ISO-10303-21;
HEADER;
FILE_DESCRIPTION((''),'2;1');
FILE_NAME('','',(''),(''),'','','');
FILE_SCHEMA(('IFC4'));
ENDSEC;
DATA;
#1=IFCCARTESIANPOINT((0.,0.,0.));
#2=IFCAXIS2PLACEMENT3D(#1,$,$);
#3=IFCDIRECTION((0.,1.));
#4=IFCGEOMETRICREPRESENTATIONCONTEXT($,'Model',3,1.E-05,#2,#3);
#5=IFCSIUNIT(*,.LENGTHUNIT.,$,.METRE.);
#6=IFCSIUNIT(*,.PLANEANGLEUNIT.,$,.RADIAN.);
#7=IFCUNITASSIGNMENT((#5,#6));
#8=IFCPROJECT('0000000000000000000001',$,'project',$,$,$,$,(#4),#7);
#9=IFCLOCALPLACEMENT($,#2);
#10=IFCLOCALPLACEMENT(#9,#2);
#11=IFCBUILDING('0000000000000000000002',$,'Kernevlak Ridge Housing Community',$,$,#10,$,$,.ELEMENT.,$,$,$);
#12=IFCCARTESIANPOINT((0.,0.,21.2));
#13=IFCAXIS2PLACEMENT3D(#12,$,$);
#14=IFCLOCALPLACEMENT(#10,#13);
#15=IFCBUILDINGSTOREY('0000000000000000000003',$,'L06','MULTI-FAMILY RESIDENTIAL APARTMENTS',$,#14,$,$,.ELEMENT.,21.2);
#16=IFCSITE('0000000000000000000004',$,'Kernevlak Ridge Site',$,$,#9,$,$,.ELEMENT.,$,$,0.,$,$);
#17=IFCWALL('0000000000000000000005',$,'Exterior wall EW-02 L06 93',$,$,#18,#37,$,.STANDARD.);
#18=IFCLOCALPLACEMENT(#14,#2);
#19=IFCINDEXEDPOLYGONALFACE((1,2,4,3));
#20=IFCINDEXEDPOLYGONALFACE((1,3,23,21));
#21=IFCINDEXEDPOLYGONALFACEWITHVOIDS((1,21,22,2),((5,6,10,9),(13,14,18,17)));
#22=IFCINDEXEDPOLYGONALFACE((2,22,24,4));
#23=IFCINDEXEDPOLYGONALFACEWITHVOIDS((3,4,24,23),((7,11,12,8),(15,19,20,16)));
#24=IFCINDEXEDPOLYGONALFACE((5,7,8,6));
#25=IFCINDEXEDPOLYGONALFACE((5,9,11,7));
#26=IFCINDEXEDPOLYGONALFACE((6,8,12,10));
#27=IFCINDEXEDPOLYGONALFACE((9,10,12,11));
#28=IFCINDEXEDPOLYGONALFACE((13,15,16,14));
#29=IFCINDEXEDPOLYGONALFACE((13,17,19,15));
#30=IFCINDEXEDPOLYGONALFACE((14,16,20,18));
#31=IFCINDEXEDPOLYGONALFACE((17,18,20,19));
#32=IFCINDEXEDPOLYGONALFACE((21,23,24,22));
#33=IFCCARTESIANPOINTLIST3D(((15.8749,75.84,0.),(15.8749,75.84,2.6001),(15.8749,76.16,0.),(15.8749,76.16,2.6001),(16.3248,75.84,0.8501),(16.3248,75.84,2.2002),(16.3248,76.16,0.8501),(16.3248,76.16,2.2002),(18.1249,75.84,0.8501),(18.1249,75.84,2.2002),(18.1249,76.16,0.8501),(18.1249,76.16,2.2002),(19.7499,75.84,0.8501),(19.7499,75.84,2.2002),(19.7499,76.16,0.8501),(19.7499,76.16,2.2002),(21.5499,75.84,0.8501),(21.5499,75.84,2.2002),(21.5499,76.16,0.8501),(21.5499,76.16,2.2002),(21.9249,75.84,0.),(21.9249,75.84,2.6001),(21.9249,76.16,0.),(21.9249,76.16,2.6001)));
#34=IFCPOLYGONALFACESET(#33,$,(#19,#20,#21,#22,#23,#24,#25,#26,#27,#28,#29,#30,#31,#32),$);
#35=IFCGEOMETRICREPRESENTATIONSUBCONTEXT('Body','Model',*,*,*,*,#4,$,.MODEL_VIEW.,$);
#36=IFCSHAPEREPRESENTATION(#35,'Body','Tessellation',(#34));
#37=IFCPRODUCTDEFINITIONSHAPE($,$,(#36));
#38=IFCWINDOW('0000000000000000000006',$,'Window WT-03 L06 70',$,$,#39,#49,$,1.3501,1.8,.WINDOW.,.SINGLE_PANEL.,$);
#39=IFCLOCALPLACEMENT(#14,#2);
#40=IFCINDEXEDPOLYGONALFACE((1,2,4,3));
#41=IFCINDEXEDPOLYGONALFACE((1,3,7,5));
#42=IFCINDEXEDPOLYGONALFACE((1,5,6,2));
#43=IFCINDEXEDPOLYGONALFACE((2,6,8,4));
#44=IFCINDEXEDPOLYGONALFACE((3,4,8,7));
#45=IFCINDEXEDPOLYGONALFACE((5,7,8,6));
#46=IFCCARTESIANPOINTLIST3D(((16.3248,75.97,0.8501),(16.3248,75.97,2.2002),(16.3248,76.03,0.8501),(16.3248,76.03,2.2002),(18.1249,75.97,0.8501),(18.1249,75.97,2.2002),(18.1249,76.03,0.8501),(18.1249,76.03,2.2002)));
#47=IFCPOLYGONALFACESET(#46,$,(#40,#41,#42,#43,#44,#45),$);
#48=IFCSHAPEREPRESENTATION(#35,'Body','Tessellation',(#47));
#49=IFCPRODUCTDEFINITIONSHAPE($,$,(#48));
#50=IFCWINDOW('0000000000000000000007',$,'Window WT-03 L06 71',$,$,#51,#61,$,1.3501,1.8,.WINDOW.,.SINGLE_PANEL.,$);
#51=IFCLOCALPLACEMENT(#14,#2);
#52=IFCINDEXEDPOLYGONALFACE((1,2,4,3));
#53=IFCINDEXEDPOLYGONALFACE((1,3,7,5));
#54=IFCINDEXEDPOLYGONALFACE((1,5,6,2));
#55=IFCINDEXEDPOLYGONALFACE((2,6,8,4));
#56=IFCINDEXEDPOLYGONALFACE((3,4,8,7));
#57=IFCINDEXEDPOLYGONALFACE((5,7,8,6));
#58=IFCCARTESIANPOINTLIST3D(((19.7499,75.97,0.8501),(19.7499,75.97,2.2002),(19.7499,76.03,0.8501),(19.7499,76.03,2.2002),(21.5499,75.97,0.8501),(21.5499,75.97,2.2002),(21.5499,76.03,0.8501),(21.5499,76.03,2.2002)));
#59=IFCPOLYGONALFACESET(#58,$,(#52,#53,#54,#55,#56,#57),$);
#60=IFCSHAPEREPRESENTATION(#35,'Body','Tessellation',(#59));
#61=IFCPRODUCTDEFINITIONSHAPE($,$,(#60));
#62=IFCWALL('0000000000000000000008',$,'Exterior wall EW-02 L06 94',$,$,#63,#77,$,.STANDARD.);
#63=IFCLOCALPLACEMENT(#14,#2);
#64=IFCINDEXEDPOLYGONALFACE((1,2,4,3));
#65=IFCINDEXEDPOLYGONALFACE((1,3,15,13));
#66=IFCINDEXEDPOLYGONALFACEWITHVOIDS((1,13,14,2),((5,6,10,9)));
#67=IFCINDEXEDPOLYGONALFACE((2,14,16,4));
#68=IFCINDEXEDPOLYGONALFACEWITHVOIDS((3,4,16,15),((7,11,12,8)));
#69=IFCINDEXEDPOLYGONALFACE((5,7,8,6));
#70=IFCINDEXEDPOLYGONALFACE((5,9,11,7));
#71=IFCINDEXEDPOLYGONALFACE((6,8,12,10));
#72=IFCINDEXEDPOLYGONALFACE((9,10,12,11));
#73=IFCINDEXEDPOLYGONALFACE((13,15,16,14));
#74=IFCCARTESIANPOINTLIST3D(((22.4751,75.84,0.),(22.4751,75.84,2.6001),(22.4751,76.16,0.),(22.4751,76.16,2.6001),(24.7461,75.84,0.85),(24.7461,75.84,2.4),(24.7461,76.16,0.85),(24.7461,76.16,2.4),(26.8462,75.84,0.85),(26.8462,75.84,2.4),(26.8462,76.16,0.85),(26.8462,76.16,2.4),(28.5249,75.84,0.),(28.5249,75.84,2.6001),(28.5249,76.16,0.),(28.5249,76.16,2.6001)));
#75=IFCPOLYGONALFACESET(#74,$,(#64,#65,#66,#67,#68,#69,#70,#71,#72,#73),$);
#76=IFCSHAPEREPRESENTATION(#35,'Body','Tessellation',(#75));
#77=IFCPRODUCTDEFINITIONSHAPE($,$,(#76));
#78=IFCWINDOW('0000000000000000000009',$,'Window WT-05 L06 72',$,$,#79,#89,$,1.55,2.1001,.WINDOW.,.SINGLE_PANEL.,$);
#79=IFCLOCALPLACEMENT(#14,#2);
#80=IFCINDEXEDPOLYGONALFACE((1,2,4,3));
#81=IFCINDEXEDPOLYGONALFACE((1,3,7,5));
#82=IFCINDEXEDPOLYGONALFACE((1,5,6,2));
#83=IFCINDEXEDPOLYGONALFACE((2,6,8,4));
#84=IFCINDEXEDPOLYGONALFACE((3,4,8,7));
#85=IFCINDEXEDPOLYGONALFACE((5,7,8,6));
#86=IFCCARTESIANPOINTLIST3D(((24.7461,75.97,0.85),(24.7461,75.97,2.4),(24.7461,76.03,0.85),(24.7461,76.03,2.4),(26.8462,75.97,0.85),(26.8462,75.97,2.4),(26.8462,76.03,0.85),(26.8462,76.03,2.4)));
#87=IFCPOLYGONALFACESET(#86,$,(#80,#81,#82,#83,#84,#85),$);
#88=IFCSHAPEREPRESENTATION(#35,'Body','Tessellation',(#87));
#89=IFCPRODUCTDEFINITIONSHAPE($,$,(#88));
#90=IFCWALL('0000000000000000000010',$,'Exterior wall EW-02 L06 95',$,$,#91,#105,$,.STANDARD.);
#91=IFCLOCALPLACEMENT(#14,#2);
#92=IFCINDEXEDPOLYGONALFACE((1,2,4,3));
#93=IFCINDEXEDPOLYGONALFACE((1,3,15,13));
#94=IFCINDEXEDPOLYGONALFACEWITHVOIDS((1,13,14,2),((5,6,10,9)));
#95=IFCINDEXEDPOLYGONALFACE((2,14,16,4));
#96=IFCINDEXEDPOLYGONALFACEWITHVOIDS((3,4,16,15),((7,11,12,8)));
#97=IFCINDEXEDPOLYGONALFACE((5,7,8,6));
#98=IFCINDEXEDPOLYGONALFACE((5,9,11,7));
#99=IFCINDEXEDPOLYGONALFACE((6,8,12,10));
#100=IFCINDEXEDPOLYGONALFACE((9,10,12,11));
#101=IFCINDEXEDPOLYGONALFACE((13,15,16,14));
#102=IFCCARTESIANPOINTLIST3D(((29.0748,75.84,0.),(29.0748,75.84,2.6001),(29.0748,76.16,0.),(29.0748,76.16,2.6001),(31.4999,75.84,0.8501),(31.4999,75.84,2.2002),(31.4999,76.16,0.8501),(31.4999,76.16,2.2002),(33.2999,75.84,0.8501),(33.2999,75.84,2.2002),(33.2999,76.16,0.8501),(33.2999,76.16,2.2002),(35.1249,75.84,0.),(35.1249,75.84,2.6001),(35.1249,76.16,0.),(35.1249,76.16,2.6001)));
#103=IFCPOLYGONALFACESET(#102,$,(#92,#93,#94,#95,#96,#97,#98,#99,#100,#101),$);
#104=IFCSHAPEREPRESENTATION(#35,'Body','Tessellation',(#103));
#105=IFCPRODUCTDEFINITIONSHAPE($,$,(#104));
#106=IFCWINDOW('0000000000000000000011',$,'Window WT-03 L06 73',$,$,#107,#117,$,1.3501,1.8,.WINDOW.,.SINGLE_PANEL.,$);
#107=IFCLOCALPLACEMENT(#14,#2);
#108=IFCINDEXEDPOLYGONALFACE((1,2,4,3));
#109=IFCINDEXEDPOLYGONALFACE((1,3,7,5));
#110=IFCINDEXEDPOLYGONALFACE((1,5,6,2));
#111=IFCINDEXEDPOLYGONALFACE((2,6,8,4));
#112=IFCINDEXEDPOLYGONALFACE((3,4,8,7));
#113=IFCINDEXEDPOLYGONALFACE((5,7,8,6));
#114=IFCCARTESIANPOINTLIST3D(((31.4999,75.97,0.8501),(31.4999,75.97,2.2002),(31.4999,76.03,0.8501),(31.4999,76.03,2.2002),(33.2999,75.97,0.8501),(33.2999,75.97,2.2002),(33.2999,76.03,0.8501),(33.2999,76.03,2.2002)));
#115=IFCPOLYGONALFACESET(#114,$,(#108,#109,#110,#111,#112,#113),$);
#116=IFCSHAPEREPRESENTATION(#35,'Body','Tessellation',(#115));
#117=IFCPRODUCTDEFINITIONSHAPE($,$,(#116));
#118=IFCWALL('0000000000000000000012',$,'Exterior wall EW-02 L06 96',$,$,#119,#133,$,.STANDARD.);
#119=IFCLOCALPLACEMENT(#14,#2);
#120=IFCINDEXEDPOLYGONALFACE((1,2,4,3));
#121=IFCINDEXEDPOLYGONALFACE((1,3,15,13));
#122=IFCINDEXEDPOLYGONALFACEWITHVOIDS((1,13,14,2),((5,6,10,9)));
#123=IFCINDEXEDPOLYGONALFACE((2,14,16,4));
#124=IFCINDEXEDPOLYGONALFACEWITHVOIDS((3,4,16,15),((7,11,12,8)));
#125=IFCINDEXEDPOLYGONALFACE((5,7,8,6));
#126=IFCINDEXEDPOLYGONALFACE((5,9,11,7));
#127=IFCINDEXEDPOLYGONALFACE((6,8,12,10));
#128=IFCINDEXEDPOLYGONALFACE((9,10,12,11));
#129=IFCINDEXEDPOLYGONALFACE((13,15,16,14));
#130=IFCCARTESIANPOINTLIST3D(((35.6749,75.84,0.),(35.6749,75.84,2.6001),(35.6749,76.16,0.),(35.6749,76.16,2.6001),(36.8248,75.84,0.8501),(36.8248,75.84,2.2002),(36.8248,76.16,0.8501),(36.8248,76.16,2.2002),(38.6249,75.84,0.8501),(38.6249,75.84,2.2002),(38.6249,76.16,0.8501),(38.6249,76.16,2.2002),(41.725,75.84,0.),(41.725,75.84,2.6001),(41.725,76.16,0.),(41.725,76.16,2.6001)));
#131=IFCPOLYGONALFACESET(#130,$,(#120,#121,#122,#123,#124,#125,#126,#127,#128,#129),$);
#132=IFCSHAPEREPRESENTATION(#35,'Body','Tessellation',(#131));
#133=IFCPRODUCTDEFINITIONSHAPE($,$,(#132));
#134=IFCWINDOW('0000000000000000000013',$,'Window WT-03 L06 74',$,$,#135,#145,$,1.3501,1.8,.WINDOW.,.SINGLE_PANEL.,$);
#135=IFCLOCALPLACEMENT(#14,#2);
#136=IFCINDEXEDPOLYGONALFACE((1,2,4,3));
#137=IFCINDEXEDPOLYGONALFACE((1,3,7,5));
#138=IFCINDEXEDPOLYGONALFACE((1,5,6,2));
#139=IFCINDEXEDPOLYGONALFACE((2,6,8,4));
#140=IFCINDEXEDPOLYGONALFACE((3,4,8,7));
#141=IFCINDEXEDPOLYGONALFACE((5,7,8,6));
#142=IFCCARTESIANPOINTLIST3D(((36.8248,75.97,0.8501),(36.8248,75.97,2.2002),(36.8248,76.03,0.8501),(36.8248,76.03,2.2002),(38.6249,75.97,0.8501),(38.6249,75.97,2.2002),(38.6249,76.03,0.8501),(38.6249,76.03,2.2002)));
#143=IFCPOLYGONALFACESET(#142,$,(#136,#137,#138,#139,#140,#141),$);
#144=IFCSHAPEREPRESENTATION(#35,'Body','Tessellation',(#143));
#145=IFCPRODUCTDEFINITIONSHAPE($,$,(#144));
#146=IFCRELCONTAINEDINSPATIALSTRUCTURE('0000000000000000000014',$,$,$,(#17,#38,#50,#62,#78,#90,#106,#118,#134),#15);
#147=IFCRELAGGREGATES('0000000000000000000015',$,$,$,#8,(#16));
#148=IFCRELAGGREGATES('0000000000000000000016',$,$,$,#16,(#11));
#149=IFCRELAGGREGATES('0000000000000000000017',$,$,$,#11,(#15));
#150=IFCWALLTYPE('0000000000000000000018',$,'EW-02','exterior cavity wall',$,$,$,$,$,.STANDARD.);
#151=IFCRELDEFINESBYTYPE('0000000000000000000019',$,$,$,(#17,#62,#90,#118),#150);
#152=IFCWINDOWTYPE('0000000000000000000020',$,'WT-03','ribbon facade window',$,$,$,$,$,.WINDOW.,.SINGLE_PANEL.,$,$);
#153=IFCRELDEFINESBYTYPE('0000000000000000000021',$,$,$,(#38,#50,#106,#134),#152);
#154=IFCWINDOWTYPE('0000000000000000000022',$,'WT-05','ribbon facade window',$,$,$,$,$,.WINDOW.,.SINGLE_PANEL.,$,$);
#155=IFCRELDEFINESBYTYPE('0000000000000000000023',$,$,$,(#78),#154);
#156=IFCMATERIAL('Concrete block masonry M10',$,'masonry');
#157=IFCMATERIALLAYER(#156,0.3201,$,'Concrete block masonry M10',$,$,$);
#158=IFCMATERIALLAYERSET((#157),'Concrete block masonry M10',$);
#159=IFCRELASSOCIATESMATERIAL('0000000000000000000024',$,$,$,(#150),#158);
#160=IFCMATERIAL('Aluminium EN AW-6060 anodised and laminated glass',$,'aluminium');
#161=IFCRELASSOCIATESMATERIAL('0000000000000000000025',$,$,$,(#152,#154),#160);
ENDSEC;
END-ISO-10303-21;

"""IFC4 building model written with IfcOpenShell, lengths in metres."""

from ifc_helpers import new_model, si_unit, direction, frame, frame_2d, origin, place, context, subcontext, project, spatial, rectangle, extrude, material, layer, layer_set, type_object, element, fill, save


model = new_model("IFC4")

# Units and contexts
model_context = context("Model", 3, precision=1e-05, world=origin(), true_north=direction((0.0, 1.0)))
body_context = subcontext(model_context, "Body", "Model", "MODEL_VIEW")
ifc_project = project(units=[si_unit("LENGTHUNIT", "METRE"), si_unit("PLANEANGLEUNIT", "RADIAN")], contexts=[model_context])

# Site, building, storey
site_placement = place(None, origin())
site = spatial("IfcSite", under=ifc_project, at=site_placement, Name="Kernevlak Ridge Site", CompositionType="ELEMENT", RefElevation=0.0)
building_placement = place(site_placement, origin())
building = spatial("IfcBuilding", under=site, at=building_placement, Name="Kernevlak Ridge Housing Community", CompositionType="ELEMENT")
storey_placement = place(building_placement, frame((0.0, 0.0, 21.2)))
storey = spatial("IfcBuildingStorey", under=building, at=storey_placement, Name="L06", Description="MULTI-FAMILY RESIDENTIAL APARTMENTS", CompositionType="ELEMENT", Elevation=21.2)

# Wall, openings, windows
ifc_material_1 = material(Name="Concrete block masonry M10", Category="masonry")
ifc_layer = layer(ifc_material_1, 0.3201, Name="Concrete block masonry M10")
ifc_layer_set = layer_set([ifc_layer], Name="Concrete block masonry M10")
wall_type = type_object("IfcWallType", Name="EW-02", Description="exterior cavity wall", PredefinedType="STANDARD", material=ifc_layer_set)
wall_1_placement = place(storey_placement, frame((15.875, 76.0, 0.0), z_axis=(0.0, 0.0, 1.0), x_axis=(1.0, 0.0, 0.0)))
wall_1 = element("IfcWall", 1, at=wall_1_placement, inside=storey, type_object=wall_type, Name="Exterior wall EW-02 L06 93", PredefinedType="STANDARD", context=body_context, shape_type="SweptSolid", body=[
    extrude(rectangle(XDim=6.05, YDim=0.3201, at=frame_2d((3.0249, 0.0))), origin(), (0.0, 0.0, 1.0), 2.6001),
])
opening_1_placement = place(wall_1_placement, frame((0.45, 0.0, 0.8501)))
opening_1 = element("IfcOpeningElement", 2, at=opening_1_placement, cuts=wall_1, PredefinedType="OPENING", context=body_context, shape_type="SweptSolid", body=[
    extrude(rectangle(XDim=1.8, YDim=1.3501, at=frame_2d((0.8999, 0.675))), frame((0.0, 0.1699, 0.0), z_axis=(0.0, -1.0, 0.0), x_axis=(1.0, 0.0, 0.0)), (0.0, 0.0, 1.0), 0.3401),
])
opening_2_placement = place(wall_1_placement, frame((3.875, 0.0, 0.8501)))
opening_2 = element("IfcOpeningElement", 3, at=opening_2_placement, cuts=wall_1, PredefinedType="OPENING", context=body_context, shape_type="SweptSolid", body=[
    extrude(rectangle(XDim=1.8, YDim=1.3501, at=frame_2d((0.8999, 0.675))), frame((0.0, 0.1699, 0.0), z_axis=(0.0, -1.0, 0.0), x_axis=(1.0, 0.0, 0.0)), (0.0, 0.0, 1.0), 0.3401),
])
ifc_material_2 = material(Name="Aluminium EN AW-6060 anodised and laminated glass", Category="aluminium")
window_type_1 = type_object("IfcWindowType", Name="WT-03", Description="ribbon facade window", PartitioningType="SINGLE_PANEL", PredefinedType="WINDOW", material=ifc_material_2)
window_1_placement = place(opening_1_placement, origin())
window_1 = element("IfcWindow", 4, at=window_1_placement, inside=storey, type_object=window_type_1, Name="Window WT-03 L06 70", OverallHeight=1.3501, OverallWidth=1.8, PartitioningType="SINGLE_PANEL", PredefinedType="WINDOW", context=body_context, shape_type="SweptSolid", body=[
    extrude(rectangle(XDim=1.8, YDim=1.3501, at=frame_2d((0.8999, 0.675))), frame((0.0, 0.03, 0.0), z_axis=(0.0, -1.0, 0.0), x_axis=(1.0, 0.0, 0.0)), (0.0, 0.0, 1.0), 0.0601),
])
fill(opening_1, window_1)
window_2_placement = place(opening_2_placement, origin())
window_2 = element("IfcWindow", 5, at=window_2_placement, inside=storey, type_object=window_type_1, Name="Window WT-03 L06 71", OverallHeight=1.3501, OverallWidth=1.8, PartitioningType="SINGLE_PANEL", PredefinedType="WINDOW", context=body_context, shape_type="SweptSolid", body=[
    extrude(rectangle(XDim=1.8, YDim=1.3501, at=frame_2d((0.8999, 0.675))), frame((0.0, 0.03, 0.0), z_axis=(0.0, -1.0, 0.0), x_axis=(1.0, 0.0, 0.0)), (0.0, 0.0, 1.0), 0.0601),
])
fill(opening_2, window_2)

# Walls, openings, windows
wall_2_placement = place(storey_placement, frame((22.4751, 76.0, 0.0), z_axis=(0.0, 0.0, 1.0), x_axis=(1.0, 0.0, 0.0)))
wall_2 = element("IfcWall", 6, at=wall_2_placement, inside=storey, type_object=wall_type, Name="Exterior wall EW-02 L06 94", PredefinedType="STANDARD", context=body_context, shape_type="SweptSolid", body=[
    extrude(rectangle(XDim=6.0498, YDim=0.3201, at=frame_2d((3.0249, 0.0))), origin(), (0.0, 0.0, 1.0), 2.6001),
])
opening_3_placement = place(wall_2_placement, frame((2.271, 0.0, 0.8501)))
opening_3 = element("IfcOpeningElement", 7, at=opening_3_placement, cuts=wall_2, PredefinedType="OPENING", context=body_context, shape_type="SweptSolid", body=[
    extrude(rectangle(XDim=2.1001, YDim=1.55, at=frame_2d((1.05, 0.7749))), frame((0.0, 0.1699, 0.0), z_axis=(0.0, -1.0, 0.0), x_axis=(1.0, 0.0, 0.0)), (0.0, 0.0, 1.0), 0.3401),
])
window_type_2 = type_object("IfcWindowType", Name="WT-05", Description="ribbon facade window", PartitioningType="SINGLE_PANEL", PredefinedType="WINDOW", material=ifc_material_2)
window_3_placement = place(opening_3_placement, origin())
window_3 = element("IfcWindow", 8, at=window_3_placement, inside=storey, type_object=window_type_2, Name="Window WT-05 L06 72", OverallHeight=1.55, OverallWidth=2.1001, PartitioningType="SINGLE_PANEL", PredefinedType="WINDOW", context=body_context, shape_type="SweptSolid", body=[
    extrude(rectangle(XDim=2.1001, YDim=1.55, at=frame_2d((1.05, 0.7749))), frame((0.0, 0.03, 0.0), z_axis=(0.0, -1.0, 0.0), x_axis=(1.0, 0.0, 0.0)), (0.0, 0.0, 1.0), 0.0601),
])
fill(opening_3, window_3)
wall_3_placement = place(storey_placement, frame((29.075, 76.0, 0.0), z_axis=(0.0, 0.0, 1.0), x_axis=(1.0, 0.0, 0.0)))
wall_3 = element("IfcWall", 9, at=wall_3_placement, inside=storey, type_object=wall_type, Name="Exterior wall EW-02 L06 95", PredefinedType="STANDARD", context=body_context, shape_type="SweptSolid", body=[
    extrude(rectangle(XDim=6.05, YDim=0.3201, at=frame_2d((3.0249, 0.0))), origin(), (0.0, 0.0, 1.0), 2.6001),
])
opening_4_placement = place(wall_3_placement, frame((2.425, 0.0, 0.8501)))
opening_4 = element("IfcOpeningElement", 10, at=opening_4_placement, cuts=wall_3, PredefinedType="OPENING", context=body_context, shape_type="SweptSolid", body=[
    extrude(rectangle(XDim=1.8, YDim=1.3501, at=frame_2d((0.8999, 0.675))), frame((0.0, 0.1699, 0.0), z_axis=(0.0, -1.0, 0.0), x_axis=(1.0, 0.0, 0.0)), (0.0, 0.0, 1.0), 0.3401),
])
window_4_placement = place(opening_4_placement, origin())
window_4 = element("IfcWindow", 11, at=window_4_placement, inside=storey, type_object=window_type_1, Name="Window WT-03 L06 73", OverallHeight=1.3501, OverallWidth=1.8, PartitioningType="SINGLE_PANEL", PredefinedType="WINDOW", context=body_context, shape_type="SweptSolid", body=[
    extrude(rectangle(XDim=1.8, YDim=1.3501, at=frame_2d((0.8999, 0.675))), frame((0.0, 0.03, 0.0), z_axis=(0.0, -1.0, 0.0), x_axis=(1.0, 0.0, 0.0)), (0.0, 0.0, 1.0), 0.0601),
])
fill(opening_4, window_4)
wall_4_placement = place(storey_placement, frame((35.675, 76.0, 0.0), z_axis=(0.0, 0.0, 1.0), x_axis=(1.0, 0.0, 0.0)))
wall_4 = element("IfcWall", 12, at=wall_4_placement, inside=storey, type_object=wall_type, Name="Exterior wall EW-02 L06 96", PredefinedType="STANDARD", context=body_context, shape_type="SweptSolid", body=[
    extrude(rectangle(XDim=6.05, YDim=0.3201, at=frame_2d((3.0249, 0.0))), origin(), (0.0, 0.0, 1.0), 2.6001),
])
opening_5_placement = place(wall_4_placement, frame((1.1499, 0.0, 0.8501)))
opening_5 = element("IfcOpeningElement", 13, at=opening_5_placement, cuts=wall_4, PredefinedType="OPENING", context=body_context, shape_type="SweptSolid", body=[
    extrude(rectangle(XDim=1.8, YDim=1.3501, at=frame_2d((0.8999, 0.675))), frame((0.0, 0.1699, 0.0), z_axis=(0.0, -1.0, 0.0), x_axis=(1.0, 0.0, 0.0)), (0.0, 0.0, 1.0), 0.3401),
])
window_5_placement = place(opening_5_placement, origin())
window_5 = element("IfcWindow", 14, at=window_5_placement, inside=storey, type_object=window_type_1, Name="Window WT-03 L06 74", OverallHeight=1.3501, OverallWidth=1.8, PartitioningType="SINGLE_PANEL", PredefinedType="WINDOW", context=body_context, shape_type="SweptSolid", body=[
    extrude(rectangle(XDim=1.8, YDim=1.3501, at=frame_2d((0.8999, 0.675))), frame((0.0, 0.03, 0.0), z_axis=(0.0, -1.0, 0.0), x_axis=(1.0, 0.0, 0.0)), (0.0, 0.0, 1.0), 0.0601),
])
fill(opening_5, window_5)

save(model, "model.ifc")
